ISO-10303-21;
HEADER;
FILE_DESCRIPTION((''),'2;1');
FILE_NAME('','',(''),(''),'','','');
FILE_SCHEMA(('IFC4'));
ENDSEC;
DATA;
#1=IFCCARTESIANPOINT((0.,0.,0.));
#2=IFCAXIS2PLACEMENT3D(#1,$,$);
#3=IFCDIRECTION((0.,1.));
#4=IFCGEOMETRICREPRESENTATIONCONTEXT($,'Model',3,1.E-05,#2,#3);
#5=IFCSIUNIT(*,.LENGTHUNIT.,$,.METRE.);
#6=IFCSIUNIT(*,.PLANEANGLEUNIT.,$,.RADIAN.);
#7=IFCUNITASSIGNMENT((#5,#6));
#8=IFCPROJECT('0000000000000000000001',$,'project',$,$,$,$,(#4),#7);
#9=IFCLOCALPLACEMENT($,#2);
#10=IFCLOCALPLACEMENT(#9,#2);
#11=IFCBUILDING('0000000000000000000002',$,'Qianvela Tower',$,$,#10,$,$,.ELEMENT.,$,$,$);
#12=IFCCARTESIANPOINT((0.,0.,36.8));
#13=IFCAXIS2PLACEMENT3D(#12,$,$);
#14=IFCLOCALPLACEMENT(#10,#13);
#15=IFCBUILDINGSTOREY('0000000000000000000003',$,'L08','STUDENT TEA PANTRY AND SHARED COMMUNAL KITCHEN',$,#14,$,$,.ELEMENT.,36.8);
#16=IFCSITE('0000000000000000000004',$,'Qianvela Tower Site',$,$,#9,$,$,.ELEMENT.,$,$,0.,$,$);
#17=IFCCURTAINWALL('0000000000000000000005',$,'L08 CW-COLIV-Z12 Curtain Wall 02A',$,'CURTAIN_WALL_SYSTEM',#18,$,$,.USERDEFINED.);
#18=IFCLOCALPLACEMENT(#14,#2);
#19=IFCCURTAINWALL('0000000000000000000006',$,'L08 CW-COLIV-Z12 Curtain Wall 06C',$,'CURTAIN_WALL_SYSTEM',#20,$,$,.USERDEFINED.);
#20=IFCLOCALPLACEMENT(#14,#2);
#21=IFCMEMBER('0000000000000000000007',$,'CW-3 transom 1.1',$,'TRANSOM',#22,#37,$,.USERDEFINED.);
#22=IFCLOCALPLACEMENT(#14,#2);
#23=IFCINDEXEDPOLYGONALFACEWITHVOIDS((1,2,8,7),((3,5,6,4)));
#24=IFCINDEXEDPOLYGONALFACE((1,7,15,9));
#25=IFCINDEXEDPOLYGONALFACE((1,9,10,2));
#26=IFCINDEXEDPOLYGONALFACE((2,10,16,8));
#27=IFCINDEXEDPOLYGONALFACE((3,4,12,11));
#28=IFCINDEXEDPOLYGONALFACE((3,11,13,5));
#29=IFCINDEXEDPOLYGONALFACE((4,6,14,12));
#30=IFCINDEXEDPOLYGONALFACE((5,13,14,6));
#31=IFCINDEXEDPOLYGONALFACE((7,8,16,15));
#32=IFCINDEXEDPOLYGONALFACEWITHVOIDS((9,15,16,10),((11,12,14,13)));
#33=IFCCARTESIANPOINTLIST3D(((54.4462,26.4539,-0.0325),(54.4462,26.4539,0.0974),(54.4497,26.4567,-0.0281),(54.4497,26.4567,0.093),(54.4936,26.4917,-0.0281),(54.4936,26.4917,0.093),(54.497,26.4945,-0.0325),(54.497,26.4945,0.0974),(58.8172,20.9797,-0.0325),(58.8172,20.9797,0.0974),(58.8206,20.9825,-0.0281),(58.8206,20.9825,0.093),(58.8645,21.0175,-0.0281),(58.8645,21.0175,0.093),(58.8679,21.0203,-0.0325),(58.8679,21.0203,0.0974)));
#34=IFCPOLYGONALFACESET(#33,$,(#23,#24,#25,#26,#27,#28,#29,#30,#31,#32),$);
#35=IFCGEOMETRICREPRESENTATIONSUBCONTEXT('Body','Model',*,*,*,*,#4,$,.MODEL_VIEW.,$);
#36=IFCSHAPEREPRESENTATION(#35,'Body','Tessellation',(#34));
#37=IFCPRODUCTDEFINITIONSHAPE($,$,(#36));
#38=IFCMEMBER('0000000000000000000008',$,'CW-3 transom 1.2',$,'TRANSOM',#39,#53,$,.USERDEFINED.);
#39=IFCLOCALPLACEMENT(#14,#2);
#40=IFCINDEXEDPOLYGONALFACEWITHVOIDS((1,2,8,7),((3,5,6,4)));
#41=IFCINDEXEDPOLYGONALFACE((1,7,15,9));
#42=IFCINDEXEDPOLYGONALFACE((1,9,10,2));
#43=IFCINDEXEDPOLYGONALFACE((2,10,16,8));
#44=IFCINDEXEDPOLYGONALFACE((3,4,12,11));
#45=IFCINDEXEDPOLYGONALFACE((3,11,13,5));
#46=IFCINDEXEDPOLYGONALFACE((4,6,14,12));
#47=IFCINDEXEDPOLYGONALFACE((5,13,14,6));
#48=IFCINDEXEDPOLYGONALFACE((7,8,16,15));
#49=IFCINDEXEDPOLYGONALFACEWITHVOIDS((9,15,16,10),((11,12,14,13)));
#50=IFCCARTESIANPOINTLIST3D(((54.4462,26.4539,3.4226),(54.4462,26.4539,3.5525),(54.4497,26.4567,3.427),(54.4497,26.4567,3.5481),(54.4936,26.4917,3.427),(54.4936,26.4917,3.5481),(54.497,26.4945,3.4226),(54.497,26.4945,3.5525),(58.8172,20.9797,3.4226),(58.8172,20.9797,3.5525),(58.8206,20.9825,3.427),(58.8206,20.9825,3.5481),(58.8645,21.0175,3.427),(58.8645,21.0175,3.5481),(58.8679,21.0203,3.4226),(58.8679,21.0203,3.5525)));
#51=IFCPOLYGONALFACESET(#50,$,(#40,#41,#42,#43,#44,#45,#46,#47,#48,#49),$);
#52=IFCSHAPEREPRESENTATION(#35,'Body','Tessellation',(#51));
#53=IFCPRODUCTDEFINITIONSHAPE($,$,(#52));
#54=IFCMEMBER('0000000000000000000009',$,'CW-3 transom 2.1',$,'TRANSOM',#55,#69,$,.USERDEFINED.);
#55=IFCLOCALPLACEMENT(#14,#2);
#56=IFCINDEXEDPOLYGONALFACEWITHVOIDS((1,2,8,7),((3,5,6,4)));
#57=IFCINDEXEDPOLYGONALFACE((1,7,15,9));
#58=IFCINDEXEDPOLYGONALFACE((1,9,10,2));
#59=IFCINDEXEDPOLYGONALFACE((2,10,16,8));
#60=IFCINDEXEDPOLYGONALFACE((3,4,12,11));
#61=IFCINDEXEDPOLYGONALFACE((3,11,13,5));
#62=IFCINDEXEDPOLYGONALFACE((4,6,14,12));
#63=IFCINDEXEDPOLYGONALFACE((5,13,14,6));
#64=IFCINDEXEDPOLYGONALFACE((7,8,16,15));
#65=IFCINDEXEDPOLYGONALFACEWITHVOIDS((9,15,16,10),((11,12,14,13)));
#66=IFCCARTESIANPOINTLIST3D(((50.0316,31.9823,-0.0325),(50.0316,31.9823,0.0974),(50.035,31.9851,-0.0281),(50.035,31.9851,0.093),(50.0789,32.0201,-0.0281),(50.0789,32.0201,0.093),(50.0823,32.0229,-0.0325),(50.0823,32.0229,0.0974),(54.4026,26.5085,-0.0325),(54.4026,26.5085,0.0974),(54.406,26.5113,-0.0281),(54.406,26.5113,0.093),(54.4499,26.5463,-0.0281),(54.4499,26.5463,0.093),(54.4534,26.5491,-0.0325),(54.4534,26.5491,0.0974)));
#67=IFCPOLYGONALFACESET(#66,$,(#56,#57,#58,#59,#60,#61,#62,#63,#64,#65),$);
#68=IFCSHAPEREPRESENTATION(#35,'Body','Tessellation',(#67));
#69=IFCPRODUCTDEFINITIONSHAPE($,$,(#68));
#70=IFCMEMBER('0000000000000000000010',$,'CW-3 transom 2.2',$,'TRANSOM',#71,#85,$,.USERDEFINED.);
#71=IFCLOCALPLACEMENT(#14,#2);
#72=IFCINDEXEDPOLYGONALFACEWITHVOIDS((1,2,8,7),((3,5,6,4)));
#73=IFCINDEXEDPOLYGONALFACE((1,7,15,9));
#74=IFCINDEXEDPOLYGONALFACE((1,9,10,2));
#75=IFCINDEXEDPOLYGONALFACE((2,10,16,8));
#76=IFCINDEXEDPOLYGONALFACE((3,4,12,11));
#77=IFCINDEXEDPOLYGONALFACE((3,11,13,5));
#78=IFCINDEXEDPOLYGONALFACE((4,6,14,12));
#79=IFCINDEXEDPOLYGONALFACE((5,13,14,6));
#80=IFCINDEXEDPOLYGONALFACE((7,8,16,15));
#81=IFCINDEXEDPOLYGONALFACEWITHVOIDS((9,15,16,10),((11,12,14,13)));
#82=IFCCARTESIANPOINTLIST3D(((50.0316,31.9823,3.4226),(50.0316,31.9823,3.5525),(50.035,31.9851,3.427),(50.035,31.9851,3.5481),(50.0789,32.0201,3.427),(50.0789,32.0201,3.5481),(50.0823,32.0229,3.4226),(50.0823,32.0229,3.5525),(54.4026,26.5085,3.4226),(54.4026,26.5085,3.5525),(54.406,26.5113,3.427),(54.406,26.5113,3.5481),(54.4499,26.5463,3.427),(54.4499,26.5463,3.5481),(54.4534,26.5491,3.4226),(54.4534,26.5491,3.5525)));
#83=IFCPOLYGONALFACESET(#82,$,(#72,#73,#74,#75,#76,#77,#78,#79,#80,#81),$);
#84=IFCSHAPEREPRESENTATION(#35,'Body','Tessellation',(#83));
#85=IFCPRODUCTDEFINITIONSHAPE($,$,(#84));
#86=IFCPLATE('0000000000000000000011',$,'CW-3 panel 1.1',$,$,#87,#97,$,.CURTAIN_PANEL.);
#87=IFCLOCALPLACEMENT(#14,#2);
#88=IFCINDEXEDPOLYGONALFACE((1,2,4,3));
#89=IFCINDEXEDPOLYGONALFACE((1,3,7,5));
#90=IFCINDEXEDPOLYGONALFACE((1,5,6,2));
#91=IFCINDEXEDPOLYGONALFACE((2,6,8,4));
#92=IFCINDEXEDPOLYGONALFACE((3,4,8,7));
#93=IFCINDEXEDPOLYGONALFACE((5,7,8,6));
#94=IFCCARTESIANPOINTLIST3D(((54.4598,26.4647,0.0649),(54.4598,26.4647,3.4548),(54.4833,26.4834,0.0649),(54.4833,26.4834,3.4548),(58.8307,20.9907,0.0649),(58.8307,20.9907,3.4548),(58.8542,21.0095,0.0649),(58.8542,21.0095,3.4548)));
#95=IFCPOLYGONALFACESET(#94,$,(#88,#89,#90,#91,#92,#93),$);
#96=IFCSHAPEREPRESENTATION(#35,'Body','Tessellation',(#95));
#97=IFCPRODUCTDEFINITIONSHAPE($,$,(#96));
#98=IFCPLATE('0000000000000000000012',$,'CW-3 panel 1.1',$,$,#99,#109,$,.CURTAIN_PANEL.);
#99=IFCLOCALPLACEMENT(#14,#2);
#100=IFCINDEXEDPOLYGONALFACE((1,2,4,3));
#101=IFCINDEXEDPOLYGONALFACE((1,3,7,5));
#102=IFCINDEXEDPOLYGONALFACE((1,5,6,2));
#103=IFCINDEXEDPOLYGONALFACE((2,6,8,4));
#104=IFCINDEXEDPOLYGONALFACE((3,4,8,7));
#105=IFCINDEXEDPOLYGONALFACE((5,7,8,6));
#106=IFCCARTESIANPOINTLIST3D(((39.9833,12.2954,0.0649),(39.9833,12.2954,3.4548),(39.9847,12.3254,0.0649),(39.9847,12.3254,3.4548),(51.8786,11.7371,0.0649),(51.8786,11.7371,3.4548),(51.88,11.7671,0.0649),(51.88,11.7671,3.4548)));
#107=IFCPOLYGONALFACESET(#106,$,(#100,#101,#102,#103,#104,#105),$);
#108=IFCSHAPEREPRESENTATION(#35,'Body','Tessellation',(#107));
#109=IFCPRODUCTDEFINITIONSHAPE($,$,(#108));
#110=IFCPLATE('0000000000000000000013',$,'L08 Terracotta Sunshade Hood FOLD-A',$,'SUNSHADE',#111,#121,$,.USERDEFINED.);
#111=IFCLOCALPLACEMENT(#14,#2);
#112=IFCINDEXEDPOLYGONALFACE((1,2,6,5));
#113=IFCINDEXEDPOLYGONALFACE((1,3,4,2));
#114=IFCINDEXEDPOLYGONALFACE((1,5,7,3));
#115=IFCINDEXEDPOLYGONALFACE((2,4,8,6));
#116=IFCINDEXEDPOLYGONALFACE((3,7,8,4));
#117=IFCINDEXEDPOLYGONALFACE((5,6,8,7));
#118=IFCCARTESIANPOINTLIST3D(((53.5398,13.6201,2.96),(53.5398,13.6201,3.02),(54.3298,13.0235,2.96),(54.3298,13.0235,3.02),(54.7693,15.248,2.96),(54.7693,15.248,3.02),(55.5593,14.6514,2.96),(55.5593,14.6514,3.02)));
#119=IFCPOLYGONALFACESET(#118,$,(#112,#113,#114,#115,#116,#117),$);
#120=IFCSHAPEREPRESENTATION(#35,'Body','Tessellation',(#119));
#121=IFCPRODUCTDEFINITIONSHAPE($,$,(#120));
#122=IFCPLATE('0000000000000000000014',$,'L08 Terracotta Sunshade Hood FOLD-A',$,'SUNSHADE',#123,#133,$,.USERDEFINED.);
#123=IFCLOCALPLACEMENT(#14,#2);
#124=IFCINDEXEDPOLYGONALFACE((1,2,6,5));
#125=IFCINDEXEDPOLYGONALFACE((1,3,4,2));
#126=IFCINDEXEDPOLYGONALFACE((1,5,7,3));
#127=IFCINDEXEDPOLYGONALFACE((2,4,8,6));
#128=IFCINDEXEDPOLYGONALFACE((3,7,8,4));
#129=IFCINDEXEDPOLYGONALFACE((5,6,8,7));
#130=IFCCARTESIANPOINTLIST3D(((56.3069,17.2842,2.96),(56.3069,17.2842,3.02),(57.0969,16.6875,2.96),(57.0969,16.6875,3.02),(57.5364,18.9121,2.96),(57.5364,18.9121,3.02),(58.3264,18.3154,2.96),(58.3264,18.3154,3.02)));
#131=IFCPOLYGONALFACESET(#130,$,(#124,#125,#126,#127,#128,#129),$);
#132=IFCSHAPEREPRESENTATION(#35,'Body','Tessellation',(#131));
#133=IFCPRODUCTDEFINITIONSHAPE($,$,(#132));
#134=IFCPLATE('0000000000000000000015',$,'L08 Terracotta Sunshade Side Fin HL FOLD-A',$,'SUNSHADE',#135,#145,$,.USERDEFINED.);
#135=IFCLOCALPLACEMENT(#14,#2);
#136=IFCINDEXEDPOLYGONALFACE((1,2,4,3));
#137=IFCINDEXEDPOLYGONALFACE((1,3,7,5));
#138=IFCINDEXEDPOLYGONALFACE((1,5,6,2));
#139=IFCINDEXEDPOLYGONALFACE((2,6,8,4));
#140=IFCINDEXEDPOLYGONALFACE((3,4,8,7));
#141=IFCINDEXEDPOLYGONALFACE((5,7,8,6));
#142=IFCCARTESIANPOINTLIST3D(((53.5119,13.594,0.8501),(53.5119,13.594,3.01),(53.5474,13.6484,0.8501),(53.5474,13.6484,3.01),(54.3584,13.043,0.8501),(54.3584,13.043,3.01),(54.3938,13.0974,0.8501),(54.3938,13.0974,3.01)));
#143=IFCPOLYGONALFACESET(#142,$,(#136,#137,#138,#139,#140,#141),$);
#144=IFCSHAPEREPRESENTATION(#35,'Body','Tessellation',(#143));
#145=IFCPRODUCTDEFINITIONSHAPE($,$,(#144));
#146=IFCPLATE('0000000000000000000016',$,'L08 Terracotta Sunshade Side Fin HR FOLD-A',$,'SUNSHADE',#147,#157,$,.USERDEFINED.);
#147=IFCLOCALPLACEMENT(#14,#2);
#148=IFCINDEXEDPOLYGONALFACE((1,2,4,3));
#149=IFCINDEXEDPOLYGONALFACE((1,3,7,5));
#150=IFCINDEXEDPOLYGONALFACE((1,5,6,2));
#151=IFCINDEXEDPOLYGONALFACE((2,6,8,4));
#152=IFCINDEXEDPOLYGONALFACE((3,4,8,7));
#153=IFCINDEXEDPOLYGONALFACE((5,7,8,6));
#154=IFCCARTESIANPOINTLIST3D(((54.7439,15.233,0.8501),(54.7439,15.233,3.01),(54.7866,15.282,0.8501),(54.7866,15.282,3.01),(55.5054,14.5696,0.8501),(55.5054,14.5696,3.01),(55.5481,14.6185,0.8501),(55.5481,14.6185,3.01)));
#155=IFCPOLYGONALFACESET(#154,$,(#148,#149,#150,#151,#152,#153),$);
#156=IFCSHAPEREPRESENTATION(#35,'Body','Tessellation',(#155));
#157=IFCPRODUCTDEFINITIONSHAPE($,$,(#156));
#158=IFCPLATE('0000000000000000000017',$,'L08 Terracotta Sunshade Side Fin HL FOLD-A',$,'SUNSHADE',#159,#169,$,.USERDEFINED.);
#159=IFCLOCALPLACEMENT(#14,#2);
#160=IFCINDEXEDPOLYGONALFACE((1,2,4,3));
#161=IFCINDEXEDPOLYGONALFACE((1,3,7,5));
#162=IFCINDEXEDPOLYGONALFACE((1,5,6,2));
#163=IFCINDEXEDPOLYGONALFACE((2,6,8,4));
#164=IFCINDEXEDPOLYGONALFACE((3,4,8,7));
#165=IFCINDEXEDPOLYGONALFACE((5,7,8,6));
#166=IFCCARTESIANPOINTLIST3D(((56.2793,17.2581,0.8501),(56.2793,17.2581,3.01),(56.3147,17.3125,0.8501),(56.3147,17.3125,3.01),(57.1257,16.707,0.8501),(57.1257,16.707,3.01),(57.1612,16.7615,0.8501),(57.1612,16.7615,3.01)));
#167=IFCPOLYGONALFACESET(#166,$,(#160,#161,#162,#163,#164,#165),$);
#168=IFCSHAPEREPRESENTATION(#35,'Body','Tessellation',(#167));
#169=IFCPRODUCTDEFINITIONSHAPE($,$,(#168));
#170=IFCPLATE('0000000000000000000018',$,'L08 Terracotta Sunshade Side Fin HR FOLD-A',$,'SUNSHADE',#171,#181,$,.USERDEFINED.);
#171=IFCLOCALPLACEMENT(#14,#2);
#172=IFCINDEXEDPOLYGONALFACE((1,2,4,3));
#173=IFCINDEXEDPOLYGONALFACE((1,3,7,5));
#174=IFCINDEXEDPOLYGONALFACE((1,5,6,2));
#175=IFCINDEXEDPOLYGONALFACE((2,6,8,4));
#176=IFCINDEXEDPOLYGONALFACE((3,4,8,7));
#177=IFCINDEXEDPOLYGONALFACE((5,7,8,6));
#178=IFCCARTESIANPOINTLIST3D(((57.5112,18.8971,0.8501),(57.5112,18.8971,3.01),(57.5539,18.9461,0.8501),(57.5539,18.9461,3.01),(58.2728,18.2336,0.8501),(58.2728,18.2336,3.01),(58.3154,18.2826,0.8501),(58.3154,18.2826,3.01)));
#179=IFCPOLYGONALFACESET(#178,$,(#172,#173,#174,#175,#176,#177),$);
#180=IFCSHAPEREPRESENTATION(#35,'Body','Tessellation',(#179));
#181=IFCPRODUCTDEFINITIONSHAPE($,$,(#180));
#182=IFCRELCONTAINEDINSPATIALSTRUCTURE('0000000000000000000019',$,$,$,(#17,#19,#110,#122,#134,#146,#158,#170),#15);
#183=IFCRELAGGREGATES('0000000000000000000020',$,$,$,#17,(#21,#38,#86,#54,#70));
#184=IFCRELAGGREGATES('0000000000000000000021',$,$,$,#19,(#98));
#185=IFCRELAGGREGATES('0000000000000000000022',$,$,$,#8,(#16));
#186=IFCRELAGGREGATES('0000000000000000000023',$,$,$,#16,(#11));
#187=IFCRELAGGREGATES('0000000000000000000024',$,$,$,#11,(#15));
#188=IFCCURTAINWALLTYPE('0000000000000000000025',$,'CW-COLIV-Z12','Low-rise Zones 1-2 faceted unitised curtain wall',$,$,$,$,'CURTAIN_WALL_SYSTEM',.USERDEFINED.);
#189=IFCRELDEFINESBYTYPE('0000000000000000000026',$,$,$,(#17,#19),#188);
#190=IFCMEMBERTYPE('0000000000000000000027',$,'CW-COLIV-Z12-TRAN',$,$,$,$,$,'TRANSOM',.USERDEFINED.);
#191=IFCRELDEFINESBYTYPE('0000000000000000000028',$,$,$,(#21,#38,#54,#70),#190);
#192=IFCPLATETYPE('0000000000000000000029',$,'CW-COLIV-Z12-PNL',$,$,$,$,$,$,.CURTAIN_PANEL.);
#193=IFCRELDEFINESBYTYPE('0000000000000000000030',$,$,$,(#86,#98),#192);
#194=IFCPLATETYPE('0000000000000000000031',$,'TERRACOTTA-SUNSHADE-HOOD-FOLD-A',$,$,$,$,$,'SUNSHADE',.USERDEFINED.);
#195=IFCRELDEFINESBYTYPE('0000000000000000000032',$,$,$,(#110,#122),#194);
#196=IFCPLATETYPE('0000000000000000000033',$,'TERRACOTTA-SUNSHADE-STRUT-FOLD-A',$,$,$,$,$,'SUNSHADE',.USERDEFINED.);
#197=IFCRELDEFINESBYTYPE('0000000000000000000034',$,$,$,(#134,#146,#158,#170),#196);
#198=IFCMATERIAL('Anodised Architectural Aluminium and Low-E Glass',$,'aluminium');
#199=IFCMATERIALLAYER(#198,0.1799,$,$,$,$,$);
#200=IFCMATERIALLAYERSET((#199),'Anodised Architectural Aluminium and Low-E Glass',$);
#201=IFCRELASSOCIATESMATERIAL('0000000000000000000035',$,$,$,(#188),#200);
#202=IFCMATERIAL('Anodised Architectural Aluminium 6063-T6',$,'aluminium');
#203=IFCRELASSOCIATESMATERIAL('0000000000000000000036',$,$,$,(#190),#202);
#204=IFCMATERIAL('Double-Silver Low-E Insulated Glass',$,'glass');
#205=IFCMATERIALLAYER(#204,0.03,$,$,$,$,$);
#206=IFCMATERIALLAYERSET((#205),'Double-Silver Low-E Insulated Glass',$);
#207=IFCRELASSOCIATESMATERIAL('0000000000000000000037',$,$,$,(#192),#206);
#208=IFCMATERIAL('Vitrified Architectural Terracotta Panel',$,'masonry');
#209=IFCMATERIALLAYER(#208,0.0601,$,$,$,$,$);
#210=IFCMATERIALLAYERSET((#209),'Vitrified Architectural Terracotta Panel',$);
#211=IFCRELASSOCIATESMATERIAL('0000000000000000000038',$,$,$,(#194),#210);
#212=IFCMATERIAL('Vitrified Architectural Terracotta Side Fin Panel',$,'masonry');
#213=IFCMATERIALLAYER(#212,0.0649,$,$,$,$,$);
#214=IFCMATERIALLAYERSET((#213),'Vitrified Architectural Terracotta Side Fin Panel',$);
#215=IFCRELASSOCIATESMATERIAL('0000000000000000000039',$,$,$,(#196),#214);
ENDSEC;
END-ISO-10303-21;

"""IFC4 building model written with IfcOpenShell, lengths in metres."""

from ifc_helpers import new_model, si_unit, direction, frame, origin, origin_2d, place, context, subcontext, project, spatial, rectangle, hollow_rectangle, extrude, material, layer, layer_set, material_profile, profile_set, type_object, element, aggregate, save


model = new_model("IFC4")

# Units and contexts
model_context = context("Model", 3, precision=1e-05, world=origin(), true_north=direction((0.0, 1.0)))
body_context = subcontext(model_context, "Body", "Model", "MODEL_VIEW")
ifc_project = project(units=[si_unit("LENGTHUNIT", "METRE"), si_unit("PLANEANGLEUNIT", "RADIAN")], contexts=[model_context])

# Site, building, storey
site_placement = place(None, origin())
site = spatial("IfcSite", under=ifc_project, at=site_placement, Name="Qianvela Tower Site", CompositionType="ELEMENT", RefElevation=0.0)
building_placement = place(site_placement, origin())
building = spatial("IfcBuilding", under=site, at=building_placement, Name="Qianvela Tower", CompositionType="ELEMENT")
storey_placement = place(building_placement, frame((0.0, 0.0, 36.8)))
storey = spatial("IfcBuildingStorey", under=building, at=storey_placement, Name="L08", Description="STUDENT TEA PANTRY AND SHARED COMMUNAL KITCHEN", CompositionType="ELEMENT", Elevation=36.8)

# Curtain wall
ifc_material_1 = material(Name="Anodised Architectural Aluminium and Low-E Glass", Category="aluminium")
ifc_layer_1 = layer(ifc_material_1, 0.1799)
ifc_layer_set_1 = layer_set([ifc_layer_1], Name="Anodised Architectural Aluminium and Low-E Glass")
curtain_wall_type = type_object("IfcCurtainWallType", Name="CW-COLIV-Z12", Description="Low-rise Zones 1-2 faceted unitised curtain wall", ElementType="CURTAIN_WALL_SYSTEM", PredefinedType="USERDEFINED", material=ifc_layer_set_1)
curtain_wall_1_placement = place(storey_placement, origin())
curtain_wall_1 = element("IfcCurtainWall", 1, at=curtain_wall_1_placement, inside=storey, type_object=curtain_wall_type, Name="L08 CW-COLIV-Z12 Curtain Wall 02A", ObjectType="CURTAIN_WALL_SYSTEM", PredefinedType="USERDEFINED")

# Curtain wall
curtain_wall_2_placement = place(storey_placement, origin())
curtain_wall_2 = element("IfcCurtainWall", 2, at=curtain_wall_2_placement, inside=storey, type_object=curtain_wall_type, Name="L08 CW-COLIV-Z12 Curtain Wall 06C", ObjectType="CURTAIN_WALL_SYSTEM", PredefinedType="USERDEFINED")

# Members
ifc_material_2 = material(Name="Anodised Architectural Aluminium 6063-T6", Category="aluminium")
ifc_material_profile_1 = material_profile(ifc_material_2, hollow_rectangle(XDim=0.0649, YDim=0.1299, WallThickness=0.0044, at=origin_2d()), Name="ALU-TRAN-65x130")
ifc_profile_set_1 = profile_set([ifc_material_profile_1], Name="Anodised Architectural Aluminium 6063-T6")
member_type_1 = type_object("IfcMemberType", Name="CW-COLIV-Z12-TRAN", ElementType="TRANSOM", PredefinedType="USERDEFINED", material=ifc_profile_set_1)
member_1_placement = place(storey_placement, frame((58.8425, 21.0, 0.0325), z_axis=(-0.623959, 0.781457, 0.0), x_axis=(-0.781457, -0.623959, 0.0)))
member_1 = element("IfcMember", 3, at=member_1_placement, type_object=member_type_1, Name="CW-3 transom 1.1", ObjectType="TRANSOM", PredefinedType="USERDEFINED", context=body_context, shape_type="SweptSolid", body=[
    extrude(hollow_rectangle(XDim=0.0649, YDim=0.1299, WallThickness=0.0044, at=origin_2d()), origin(), (0.0, 0.0, 1.0), 7.0051),
])
member_2_placement = place(storey_placement, frame((58.8425, 21.0, 3.4875), z_axis=(-0.623959, 0.781457, 0.0), x_axis=(-0.781457, -0.623959, 0.0)))
member_2 = element("IfcMember", 4, at=member_2_placement, type_object=member_type_1, Name="CW-3 transom 1.2", ObjectType="TRANSOM", PredefinedType="USERDEFINED", context=body_context, shape_type="SweptSolid", body=[
    extrude(hollow_rectangle(XDim=0.0649, YDim=0.1299, WallThickness=0.0044, at=origin_2d()), origin(), (0.0, 0.0, 1.0), 7.0051),
])
member_3_placement = place(storey_placement, frame((54.428, 26.5288, 0.0325), z_axis=(-0.623998, 0.781426, 0.0), x_axis=(-0.781426, -0.623998, 0.0)))
member_3 = element("IfcMember", 5, at=member_3_placement, type_object=member_type_1, Name="CW-3 transom 2.1", ObjectType="TRANSOM", PredefinedType="USERDEFINED", context=body_context, shape_type="SweptSolid", body=[
    extrude(hollow_rectangle(XDim=0.0649, YDim=0.1299, WallThickness=0.0044, at=origin_2d()), origin(), (0.0, 0.0, 1.0), 7.0049),
])
member_4_placement = place(storey_placement, frame((54.428, 26.5288, 3.4875), z_axis=(-0.623998, 0.781426, 0.0), x_axis=(-0.781426, -0.623998, 0.0)))
member_4 = element("IfcMember", 6, at=member_4_placement, type_object=member_type_1, Name="CW-3 transom 2.2", ObjectType="TRANSOM", PredefinedType="USERDEFINED", context=body_context, shape_type="SweptSolid", body=[
    extrude(hollow_rectangle(XDim=0.0649, YDim=0.1299, WallThickness=0.0044, at=origin_2d()), origin(), (0.0, 0.0, 1.0), 7.0049),
])

# Plates
ifc_material_3 = material(Name="Double-Silver Low-E Insulated Glass", Category="glass")
ifc_layer_2 = layer(ifc_material_3, 0.03)
ifc_layer_set_2 = layer_set([ifc_layer_2], Name="Double-Silver Low-E Insulated Glass")
plate_type_1 = type_object("IfcPlateType", Name="CW-COLIV-Z12-PNL", PredefinedType="CURTAIN_PANEL", material=ifc_layer_set_2)
plate_1_placement = place(storey_placement, frame((56.657, 23.7371, 0.0649), z_axis=(0.0, 0.0, 1.0), x_axis=(-0.623975, 0.781444, 0.0)))
plate_1 = element("IfcPlate", 7, at=plate_1_placement, type_object=plate_type_1, Name="CW-3 panel 1.1", PredefinedType="CURTAIN_PANEL", context=body_context, shape_type="SweptSolid", body=[
    extrude(rectangle(XDim=7.0049, YDim=0.03, at=origin_2d()), origin(), (0.0, 0.0, 1.0), 3.3899),
])
aggregate(curtain_wall_1, [member_1, member_2, plate_1, member_3, member_4])
plate_2_placement = place(storey_placement, frame((45.9316, 12.0312, 0.0649), z_axis=(0.0, 0.0, 1.0), x_axis=(0.9989, -0.046886, 0.0)))
plate_2 = element("IfcPlate", 8, at=plate_2_placement, type_object=plate_type_1, Name="CW-3 panel 1.1", PredefinedType="CURTAIN_PANEL", context=body_context, shape_type="SweptSolid", body=[
    extrude(rectangle(XDim=11.9084, YDim=0.03, at=origin_2d()), origin(), (0.0, 0.0, 1.0), 3.3899),
])
aggregate(curtain_wall_2, [plate_2])

# Plates
ifc_material_4 = material(Name="Vitrified Architectural Terracotta Panel", Category="masonry")
ifc_layer_3 = layer(ifc_material_4, 0.0601)
ifc_layer_set_3 = layer_set([ifc_layer_3], Name="Vitrified Architectural Terracotta Panel")
plate_type_2 = type_object("IfcPlateType", Name="TERRACOTTA-SUNSHADE-HOOD-FOLD-A", ElementType="SUNSHADE", PredefinedType="USERDEFINED", material=ifc_layer_set_3)
for number, where, z_axis, x_axis, name in (
    (9, (54.5496, 14.1357, 2.96), (0.0, 0.0, 1.0), (0.602693, 0.797973, 0.0), "L08 Terracotta Sunshade Hood FOLD-A"),
    (10, (57.3167, 17.7998, 2.96), (0.0, 0.0, 1.0), (0.602693, 0.797973, 0.0), "L08 Terracotta Sunshade Hood FOLD-A"),
):
    element("IfcPlate", number, at=place(storey_placement, frame(where, z_axis=z_axis, x_axis=x_axis)), inside=storey, type_object=plate_type_2, Name=name, ObjectType="SUNSHADE", PredefinedType="USERDEFINED", context=body_context, shape_type="SweptSolid", body=[
        extrude(rectangle(XDim=2.04, YDim=0.99, at=origin_2d()), origin(), (0.0, 0.0, 1.0), 0.0601),
    ])
ifc_material_5 = material(Name="Vitrified Architectural Terracotta Side Fin Panel", Category="masonry")
ifc_layer_4 = layer(ifc_material_5, 0.0649)
ifc_layer_set_4 = layer_set([ifc_layer_4], Name="Vitrified Architectural Terracotta Side Fin Panel")
plate_type_3 = type_object("IfcPlateType", Name="TERRACOTTA-SUNSHADE-STRUT-FOLD-A", ElementType="SUNSHADE", PredefinedType="USERDEFINED", material=ifc_layer_set_4)
for number, where, z_axis, x_axis, name in (
    (11, (53.9529, 13.3457, 0.8501), (0.0, 0.0, 1.0), (0.545561, 0.838071, 0.0), "L08 Terracotta Sunshade Side Fin HL FOLD-A"),
    (12, (55.146, 14.9258, 0.8501), (0.0, 0.0, 1.0), (0.656888, 0.753988, 0.0), "L08 Terracotta Sunshade Side Fin HR FOLD-A"),
    (13, (56.7202, 17.0098, 0.8501), (0.0, 0.0, 1.0), (0.545561, 0.838071, 0.0), "L08 Terracotta Sunshade Side Fin HL FOLD-A"),
    (14, (57.9133, 18.5898, 0.8501), (0.0, 0.0, 1.0), (0.656888, 0.753988, 0.0), "L08 Terracotta Sunshade Side Fin HR FOLD-A"),
):
    element("IfcPlate", number, at=place(storey_placement, frame(where, z_axis=z_axis, x_axis=x_axis)), inside=storey, type_object=plate_type_3, Name=name, ObjectType="SUNSHADE", PredefinedType="USERDEFINED", context=body_context, shape_type="SweptSolid", body=[
        extrude(rectangle(XDim=0.0649, YDim=1.01, at=origin_2d()), origin(), (0.0, 0.0, 1.0), 2.1599),
    ])

save(model, "model.ifc")
